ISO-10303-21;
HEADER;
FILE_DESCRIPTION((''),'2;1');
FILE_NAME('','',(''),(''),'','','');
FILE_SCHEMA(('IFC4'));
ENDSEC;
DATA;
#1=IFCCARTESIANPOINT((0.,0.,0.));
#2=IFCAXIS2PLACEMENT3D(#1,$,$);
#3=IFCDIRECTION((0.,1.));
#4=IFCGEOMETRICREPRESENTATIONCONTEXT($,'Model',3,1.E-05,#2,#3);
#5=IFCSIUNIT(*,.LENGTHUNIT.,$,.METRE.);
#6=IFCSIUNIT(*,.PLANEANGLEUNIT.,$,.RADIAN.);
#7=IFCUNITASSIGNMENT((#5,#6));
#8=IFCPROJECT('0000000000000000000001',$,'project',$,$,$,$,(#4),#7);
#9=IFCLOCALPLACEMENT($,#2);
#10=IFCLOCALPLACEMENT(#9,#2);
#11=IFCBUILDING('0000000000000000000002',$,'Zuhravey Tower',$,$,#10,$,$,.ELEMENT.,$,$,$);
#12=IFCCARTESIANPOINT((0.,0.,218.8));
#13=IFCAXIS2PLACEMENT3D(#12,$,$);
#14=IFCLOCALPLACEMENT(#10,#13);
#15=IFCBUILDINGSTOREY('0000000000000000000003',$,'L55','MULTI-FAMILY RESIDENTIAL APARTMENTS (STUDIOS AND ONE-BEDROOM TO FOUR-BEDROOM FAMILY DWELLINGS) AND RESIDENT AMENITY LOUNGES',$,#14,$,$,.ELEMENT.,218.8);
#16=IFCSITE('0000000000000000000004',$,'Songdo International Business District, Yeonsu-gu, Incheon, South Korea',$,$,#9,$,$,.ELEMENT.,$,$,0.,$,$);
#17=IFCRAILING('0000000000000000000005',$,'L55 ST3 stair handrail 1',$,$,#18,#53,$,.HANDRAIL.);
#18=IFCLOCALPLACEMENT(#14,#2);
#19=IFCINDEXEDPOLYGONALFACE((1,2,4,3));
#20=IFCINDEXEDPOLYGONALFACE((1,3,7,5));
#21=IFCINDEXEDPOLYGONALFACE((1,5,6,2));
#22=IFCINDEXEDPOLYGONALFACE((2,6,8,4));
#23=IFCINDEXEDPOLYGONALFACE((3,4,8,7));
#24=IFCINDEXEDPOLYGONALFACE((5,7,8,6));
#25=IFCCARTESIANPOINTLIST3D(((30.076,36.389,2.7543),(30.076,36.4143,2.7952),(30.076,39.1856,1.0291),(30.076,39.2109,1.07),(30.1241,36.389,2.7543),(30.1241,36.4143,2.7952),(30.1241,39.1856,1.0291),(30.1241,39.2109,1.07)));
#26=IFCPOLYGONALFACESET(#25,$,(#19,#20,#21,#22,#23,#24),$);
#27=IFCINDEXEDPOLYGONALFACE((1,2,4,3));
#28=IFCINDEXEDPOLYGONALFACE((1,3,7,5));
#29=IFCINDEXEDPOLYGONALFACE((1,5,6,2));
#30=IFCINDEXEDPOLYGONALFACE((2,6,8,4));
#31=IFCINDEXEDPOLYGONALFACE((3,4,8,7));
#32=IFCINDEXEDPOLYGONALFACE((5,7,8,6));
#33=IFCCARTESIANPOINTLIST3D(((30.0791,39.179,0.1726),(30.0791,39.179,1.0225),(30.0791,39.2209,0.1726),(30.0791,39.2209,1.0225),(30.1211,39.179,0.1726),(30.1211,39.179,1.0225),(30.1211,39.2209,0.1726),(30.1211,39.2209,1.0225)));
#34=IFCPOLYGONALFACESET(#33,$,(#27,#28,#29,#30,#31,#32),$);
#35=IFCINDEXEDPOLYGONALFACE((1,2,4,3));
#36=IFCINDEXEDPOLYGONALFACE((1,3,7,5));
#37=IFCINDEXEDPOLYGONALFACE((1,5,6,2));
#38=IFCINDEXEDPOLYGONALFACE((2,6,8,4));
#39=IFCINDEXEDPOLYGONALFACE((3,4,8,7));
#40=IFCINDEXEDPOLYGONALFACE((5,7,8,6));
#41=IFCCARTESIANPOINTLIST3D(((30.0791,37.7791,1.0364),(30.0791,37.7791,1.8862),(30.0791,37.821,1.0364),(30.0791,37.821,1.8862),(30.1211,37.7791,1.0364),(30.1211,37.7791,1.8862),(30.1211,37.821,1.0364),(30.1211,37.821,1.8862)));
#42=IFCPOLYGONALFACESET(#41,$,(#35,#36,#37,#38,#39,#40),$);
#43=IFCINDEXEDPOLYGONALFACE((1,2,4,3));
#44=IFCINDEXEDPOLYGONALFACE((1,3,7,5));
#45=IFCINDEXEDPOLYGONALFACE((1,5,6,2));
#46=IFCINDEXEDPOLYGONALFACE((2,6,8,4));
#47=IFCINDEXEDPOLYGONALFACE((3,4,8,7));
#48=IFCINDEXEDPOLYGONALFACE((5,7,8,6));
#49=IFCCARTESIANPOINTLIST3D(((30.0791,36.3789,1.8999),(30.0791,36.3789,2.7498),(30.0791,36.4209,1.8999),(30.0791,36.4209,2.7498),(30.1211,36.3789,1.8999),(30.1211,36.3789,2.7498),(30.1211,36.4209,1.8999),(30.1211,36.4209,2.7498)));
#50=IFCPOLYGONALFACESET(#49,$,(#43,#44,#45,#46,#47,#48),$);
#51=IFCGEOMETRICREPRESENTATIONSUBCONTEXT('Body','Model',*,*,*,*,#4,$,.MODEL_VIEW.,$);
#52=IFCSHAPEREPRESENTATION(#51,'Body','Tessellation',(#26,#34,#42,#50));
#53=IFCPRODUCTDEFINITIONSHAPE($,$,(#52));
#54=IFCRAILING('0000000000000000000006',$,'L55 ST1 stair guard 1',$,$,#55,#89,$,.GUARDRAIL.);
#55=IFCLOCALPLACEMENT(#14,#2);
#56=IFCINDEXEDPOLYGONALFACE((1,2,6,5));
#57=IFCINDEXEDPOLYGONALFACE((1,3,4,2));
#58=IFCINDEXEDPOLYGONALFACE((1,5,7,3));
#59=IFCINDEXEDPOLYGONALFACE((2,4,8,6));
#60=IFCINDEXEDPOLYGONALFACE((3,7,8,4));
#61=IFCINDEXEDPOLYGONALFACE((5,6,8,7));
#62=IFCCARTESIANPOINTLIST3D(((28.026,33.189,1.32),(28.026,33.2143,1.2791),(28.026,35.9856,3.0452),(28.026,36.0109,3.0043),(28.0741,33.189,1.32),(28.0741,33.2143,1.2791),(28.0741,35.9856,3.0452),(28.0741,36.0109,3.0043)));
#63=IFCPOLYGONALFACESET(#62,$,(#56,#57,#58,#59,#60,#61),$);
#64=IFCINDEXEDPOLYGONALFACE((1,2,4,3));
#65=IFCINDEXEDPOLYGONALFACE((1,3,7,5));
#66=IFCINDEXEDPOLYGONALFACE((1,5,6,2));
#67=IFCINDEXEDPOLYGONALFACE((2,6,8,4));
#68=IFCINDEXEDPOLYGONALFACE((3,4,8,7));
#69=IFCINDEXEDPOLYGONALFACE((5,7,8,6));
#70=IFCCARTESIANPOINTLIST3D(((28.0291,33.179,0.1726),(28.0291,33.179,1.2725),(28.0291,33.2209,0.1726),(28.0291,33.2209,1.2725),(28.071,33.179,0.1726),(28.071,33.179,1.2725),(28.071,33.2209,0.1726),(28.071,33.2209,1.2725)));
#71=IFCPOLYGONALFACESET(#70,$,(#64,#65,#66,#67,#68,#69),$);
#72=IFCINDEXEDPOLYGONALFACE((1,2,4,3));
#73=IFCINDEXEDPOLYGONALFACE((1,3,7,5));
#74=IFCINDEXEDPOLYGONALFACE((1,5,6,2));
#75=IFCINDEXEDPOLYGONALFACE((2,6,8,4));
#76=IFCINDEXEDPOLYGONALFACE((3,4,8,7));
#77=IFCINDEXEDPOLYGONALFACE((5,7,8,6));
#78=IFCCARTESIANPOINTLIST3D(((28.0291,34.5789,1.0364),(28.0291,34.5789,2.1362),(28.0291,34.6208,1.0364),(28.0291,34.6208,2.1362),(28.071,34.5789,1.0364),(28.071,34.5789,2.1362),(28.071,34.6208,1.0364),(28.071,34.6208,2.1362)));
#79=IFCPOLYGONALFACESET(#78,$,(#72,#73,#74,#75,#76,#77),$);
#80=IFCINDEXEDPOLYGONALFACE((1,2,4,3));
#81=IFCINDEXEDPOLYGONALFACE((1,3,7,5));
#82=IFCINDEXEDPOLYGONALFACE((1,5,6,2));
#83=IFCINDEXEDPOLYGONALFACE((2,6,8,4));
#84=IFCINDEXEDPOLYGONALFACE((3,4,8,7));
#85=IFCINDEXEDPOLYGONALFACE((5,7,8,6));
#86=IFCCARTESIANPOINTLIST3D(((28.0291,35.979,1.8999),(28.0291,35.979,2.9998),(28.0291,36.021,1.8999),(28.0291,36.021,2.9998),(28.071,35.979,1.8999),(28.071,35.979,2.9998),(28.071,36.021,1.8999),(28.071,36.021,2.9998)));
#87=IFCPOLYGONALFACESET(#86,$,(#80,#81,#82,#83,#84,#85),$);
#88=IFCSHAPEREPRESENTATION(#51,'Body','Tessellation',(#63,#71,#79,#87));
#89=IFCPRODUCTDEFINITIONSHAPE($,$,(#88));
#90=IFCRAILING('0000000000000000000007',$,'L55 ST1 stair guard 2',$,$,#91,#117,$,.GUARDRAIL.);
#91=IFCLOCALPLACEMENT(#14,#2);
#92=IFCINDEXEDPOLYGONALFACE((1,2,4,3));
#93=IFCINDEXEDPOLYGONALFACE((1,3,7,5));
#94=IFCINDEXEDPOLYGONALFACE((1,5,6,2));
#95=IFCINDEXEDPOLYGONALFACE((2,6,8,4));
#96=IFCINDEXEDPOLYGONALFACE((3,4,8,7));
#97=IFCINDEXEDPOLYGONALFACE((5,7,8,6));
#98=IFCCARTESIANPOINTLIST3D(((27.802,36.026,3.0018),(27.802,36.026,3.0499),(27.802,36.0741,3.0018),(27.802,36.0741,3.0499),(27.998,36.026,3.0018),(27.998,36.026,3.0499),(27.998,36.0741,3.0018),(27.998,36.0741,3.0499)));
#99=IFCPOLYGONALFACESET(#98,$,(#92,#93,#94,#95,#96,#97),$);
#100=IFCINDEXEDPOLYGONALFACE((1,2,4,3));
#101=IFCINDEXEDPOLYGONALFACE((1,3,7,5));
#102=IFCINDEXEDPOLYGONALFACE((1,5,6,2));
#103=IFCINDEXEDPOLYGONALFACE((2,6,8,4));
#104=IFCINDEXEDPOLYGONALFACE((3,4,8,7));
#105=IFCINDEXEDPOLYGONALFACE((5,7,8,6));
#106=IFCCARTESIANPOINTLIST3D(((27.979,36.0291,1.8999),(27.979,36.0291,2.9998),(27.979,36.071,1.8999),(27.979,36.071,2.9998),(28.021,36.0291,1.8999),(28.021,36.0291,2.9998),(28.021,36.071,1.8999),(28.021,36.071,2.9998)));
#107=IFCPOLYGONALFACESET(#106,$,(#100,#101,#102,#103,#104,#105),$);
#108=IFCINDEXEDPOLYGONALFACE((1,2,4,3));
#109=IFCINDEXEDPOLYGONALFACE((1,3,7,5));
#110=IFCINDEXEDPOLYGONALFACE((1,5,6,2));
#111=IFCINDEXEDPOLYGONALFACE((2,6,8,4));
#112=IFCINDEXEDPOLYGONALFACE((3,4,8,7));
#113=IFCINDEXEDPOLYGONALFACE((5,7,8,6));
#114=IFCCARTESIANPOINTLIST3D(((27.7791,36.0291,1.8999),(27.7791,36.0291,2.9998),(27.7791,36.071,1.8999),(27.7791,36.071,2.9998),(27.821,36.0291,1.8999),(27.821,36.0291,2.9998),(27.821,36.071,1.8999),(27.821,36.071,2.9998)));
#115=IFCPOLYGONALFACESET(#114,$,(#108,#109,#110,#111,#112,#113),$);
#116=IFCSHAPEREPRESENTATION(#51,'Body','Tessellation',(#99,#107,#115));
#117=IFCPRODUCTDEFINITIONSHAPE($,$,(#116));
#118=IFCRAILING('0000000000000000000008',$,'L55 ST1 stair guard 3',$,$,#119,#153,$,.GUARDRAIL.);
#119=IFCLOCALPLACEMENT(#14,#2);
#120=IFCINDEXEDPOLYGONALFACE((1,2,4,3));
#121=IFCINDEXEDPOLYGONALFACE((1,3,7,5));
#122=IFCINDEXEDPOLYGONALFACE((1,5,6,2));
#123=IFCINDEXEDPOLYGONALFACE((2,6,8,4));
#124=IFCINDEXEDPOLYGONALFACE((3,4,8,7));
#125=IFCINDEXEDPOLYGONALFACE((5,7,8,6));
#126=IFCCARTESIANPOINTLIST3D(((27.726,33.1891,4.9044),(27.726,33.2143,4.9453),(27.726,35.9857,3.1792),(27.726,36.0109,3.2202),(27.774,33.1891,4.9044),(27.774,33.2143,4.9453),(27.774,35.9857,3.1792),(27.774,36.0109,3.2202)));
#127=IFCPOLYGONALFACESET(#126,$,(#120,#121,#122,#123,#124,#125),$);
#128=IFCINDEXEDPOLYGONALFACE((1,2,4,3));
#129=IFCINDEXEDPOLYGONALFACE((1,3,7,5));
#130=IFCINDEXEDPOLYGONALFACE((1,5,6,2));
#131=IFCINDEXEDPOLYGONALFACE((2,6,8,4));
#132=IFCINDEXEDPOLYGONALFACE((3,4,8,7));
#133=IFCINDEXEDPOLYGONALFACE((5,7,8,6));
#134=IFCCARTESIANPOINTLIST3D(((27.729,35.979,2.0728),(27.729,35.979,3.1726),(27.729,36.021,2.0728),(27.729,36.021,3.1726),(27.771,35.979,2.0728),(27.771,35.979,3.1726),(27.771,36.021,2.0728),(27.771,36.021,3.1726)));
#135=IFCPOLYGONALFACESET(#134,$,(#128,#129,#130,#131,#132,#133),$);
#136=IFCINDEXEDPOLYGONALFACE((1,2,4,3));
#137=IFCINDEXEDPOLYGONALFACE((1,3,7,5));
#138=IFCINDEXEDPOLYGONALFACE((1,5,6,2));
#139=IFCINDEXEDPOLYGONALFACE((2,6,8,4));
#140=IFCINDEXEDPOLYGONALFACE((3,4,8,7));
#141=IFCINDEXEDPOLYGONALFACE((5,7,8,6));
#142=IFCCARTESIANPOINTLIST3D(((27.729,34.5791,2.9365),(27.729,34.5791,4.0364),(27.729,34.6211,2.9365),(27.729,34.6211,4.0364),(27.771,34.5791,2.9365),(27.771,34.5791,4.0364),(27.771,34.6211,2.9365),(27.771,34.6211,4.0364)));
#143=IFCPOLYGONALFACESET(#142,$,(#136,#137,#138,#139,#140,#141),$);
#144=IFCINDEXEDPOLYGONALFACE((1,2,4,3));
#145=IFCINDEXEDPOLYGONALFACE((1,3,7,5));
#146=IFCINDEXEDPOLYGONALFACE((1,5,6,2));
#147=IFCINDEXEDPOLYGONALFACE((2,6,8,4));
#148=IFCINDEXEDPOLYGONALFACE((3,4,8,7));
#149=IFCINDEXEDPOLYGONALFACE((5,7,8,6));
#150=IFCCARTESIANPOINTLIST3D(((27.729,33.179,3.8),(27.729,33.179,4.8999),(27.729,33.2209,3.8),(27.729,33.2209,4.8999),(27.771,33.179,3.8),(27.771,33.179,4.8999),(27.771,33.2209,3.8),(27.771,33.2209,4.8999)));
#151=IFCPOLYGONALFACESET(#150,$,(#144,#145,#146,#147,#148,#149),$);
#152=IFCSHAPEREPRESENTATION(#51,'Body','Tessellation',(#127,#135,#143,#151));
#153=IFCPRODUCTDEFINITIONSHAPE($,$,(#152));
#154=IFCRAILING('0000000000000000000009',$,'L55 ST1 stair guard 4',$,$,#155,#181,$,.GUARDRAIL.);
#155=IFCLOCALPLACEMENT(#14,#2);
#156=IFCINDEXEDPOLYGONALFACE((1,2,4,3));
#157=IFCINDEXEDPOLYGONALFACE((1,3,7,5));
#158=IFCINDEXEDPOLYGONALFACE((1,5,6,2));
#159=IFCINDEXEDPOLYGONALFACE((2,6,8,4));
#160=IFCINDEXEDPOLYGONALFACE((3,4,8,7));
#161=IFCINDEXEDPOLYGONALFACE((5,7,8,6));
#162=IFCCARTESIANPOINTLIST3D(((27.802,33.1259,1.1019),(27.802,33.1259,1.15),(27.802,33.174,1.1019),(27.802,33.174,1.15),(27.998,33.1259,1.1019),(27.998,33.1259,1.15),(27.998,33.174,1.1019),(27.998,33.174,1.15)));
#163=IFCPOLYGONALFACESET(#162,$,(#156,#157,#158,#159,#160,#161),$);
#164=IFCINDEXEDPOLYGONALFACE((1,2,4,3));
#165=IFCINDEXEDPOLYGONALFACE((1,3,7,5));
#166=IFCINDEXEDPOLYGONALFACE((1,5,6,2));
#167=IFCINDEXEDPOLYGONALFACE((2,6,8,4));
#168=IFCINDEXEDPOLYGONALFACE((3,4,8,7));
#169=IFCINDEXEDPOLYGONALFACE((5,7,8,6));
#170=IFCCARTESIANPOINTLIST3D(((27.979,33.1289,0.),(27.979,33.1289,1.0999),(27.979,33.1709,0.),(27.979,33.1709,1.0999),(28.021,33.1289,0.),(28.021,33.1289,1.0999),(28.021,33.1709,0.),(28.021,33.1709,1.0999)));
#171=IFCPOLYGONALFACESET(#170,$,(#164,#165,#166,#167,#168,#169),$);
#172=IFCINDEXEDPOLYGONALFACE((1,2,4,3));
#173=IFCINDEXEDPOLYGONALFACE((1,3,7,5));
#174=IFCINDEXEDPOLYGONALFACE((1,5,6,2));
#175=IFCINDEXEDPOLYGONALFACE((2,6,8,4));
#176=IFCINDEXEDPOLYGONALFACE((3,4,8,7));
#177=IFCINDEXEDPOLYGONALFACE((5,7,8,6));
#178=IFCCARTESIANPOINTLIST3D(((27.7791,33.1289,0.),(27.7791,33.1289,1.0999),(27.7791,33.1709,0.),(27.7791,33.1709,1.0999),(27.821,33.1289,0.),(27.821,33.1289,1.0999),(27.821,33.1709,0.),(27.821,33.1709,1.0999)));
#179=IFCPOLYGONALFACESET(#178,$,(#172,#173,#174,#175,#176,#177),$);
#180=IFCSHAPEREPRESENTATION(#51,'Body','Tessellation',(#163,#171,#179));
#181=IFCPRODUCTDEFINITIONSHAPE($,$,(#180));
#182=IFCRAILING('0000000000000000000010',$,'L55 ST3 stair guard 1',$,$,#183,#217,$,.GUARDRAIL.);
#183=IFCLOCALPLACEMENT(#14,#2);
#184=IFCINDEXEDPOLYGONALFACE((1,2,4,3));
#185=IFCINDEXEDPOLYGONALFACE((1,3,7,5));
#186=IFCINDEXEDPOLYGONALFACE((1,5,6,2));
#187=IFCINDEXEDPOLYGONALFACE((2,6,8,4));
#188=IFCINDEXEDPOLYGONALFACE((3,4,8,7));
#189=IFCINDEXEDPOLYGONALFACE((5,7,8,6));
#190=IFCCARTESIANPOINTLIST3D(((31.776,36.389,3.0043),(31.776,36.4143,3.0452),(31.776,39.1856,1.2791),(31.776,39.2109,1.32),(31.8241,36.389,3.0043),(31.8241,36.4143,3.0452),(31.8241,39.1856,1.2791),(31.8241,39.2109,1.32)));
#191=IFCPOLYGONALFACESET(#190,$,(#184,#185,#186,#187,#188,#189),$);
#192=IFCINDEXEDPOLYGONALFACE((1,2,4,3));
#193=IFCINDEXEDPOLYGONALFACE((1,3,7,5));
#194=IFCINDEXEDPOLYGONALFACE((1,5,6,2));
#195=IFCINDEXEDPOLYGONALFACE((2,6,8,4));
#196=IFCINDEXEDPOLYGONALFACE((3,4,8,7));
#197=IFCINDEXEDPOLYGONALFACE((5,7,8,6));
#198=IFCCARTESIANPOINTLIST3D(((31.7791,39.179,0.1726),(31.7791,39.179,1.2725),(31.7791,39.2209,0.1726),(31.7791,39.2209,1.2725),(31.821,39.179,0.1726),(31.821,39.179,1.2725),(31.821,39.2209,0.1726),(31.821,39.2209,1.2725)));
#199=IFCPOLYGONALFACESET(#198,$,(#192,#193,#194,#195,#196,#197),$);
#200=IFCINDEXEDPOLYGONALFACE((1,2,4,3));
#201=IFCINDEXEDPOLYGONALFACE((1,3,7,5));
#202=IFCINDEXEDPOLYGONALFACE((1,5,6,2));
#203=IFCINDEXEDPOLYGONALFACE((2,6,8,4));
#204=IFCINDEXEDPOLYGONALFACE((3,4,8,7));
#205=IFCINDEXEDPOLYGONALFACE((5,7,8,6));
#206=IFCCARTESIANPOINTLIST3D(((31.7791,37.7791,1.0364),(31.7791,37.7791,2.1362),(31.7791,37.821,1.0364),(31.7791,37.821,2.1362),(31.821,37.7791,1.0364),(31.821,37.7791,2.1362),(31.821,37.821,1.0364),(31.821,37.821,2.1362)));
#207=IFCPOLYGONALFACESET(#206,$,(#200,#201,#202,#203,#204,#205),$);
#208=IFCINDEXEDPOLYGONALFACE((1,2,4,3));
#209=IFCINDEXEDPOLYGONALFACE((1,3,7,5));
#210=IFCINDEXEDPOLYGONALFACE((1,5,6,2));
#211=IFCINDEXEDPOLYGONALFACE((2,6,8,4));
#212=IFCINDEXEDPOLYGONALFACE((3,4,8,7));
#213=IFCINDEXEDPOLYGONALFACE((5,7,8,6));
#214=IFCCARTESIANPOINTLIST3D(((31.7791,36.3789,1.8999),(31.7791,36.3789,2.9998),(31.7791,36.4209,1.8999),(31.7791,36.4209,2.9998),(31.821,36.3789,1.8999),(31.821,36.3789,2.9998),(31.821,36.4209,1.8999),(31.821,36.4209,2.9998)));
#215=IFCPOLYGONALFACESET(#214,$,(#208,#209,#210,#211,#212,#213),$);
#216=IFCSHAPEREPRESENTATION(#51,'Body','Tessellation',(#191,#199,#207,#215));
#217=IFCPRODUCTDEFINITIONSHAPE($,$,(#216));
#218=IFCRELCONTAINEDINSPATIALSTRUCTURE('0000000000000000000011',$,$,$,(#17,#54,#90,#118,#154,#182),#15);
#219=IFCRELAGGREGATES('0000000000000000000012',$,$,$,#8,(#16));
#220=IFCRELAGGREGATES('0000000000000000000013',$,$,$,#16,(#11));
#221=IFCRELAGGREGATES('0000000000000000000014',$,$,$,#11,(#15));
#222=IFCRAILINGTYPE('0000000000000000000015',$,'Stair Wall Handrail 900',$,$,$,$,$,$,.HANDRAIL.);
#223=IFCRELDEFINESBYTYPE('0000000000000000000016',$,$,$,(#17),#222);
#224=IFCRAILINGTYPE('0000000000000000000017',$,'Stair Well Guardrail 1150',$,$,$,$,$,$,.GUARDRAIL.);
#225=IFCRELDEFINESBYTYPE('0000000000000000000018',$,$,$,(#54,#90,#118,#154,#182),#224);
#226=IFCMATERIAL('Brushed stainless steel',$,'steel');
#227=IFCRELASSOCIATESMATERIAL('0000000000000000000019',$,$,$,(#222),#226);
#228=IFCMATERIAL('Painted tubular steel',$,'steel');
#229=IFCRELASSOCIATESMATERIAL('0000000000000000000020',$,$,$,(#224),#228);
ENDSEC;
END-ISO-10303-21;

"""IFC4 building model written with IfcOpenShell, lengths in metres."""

from ifc_helpers import new_model, si_unit, direction, frame, origin, origin_2d, place, context, subcontext, project, spatial, rectangle, extrude, material, type_object, element, save


model = new_model("IFC4")

# Units and contexts
model_context = context("Model", 3, precision=1e-05, world=origin(), true_north=direction((0.0, 1.0)))
body_context = subcontext(model_context, "Body", "Model", "MODEL_VIEW")
ifc_project = project(units=[si_unit("LENGTHUNIT", "METRE"), si_unit("PLANEANGLEUNIT", "RADIAN")], contexts=[model_context])

# Site, building, storey
site_placement = place(None, origin())
site = spatial("IfcSite", under=ifc_project, at=site_placement, Name="Songdo International Business District, Yeonsu-gu, Incheon, South Korea", CompositionType="ELEMENT", RefElevation=0.0)
building_placement = place(site_placement, origin())
building = spatial("IfcBuilding", under=site, at=building_placement, Name="Zuhravey Tower", CompositionType="ELEMENT")
storey_placement = place(building_placement, frame((0.0, 0.0, 218.8)))
storey = spatial("IfcBuildingStorey", under=building, at=storey_placement, Name="L55", Description="MULTI-FAMILY RESIDENTIAL APARTMENTS (STUDIOS AND ONE-BEDROOM TO FOUR-BEDROOM FAMILY DWELLINGS) AND RESIDENT AMENITY LOUNGES", CompositionType="ELEMENT", Elevation=218.8)

# Railings
ifc_material_1 = material(Name="Brushed stainless steel", Category="steel")
railing_type_1 = type_object("IfcRailingType", Name="Stair Wall Handrail 900", PredefinedType="HANDRAIL", material=ifc_material_1)
for number, where, name in (
    (1, (30.1001, 39.2, 0.1726), "L55 ST3 stair handrail 1"),
):
    element("IfcRailing", number, at=place(storey_placement, frame(where)), inside=storey, type_object=railing_type_1, Name=name, PredefinedType="HANDRAIL", context=body_context, shape_type="SweptSolid", body=[
        extrude(rectangle(XDim=0.0481, YDim=0.0481, at=origin_2d()), frame((0.0, -0.0017, 0.877), z_axis=(0.0, -0.85109, 0.52502), x_axis=(1.0, 0.0, 0.0)), (0.0, 0.0, 1.0), 3.2859),
        extrude(rectangle(XDim=0.042, YDim=0.042, at=origin_2d()), origin(), (0.0, 0.0, 1.0), 0.8499),
        extrude(rectangle(XDim=0.042, YDim=0.042, at=origin_2d()), frame((0.0, -1.3999, 0.8638)), (0.0, 0.0, 1.0), 0.8499),
        extrude(rectangle(XDim=0.042, YDim=0.042, at=origin_2d()), frame((0.0, -2.8, 1.7273)), (0.0, 0.0, 1.0), 0.8499),
    ])
ifc_material_2 = material(Name="Painted tubular steel", Category="steel")
railing_type_2 = type_object("IfcRailingType", Name="Stair Well Guardrail 1150", PredefinedType="GUARDRAIL", material=ifc_material_2)
railing_1_placement = place(storey_placement, frame((28.05, 33.2, 0.1726)))
element("IfcRailing", 2, at=railing_1_placement, inside=storey, type_object=railing_type_2, Name="L55 ST1 stair guard 1", PredefinedType="GUARDRAIL", context=body_context, shape_type="SweptSolid", body=[
    extrude(rectangle(XDim=0.0481, YDim=0.0481, at=origin_2d()), frame((0.0, 0.0017, 1.127), z_axis=(0.0, 0.85109, 0.52502), x_axis=(-1.0, 0.0, 0.0)), (0.0, 0.0, 1.0), 3.2859),
    extrude(rectangle(XDim=0.042, YDim=0.042, at=origin_2d()), origin(), (0.0, 0.0, 1.0), 1.0999),
    extrude(rectangle(XDim=0.042, YDim=0.042, at=origin_2d()), frame((0.0, 1.3999, 0.8638)), (0.0, 0.0, 1.0), 1.0999),
    extrude(rectangle(XDim=0.042, YDim=0.042, at=origin_2d()), frame((0.0, 2.8, 1.7273)), (0.0, 0.0, 1.0), 1.0999),
])
railing_2_placement = place(storey_placement, frame((28.0, 36.05, 1.8999)))
element("IfcRailing", 3, at=railing_2_placement, inside=storey, type_object=railing_type_2, Name="L55 ST1 stair guard 2", PredefinedType="GUARDRAIL", context=body_context, shape_type="SweptSolid", body=[
    extrude(rectangle(XDim=0.0481, YDim=0.0481, at=origin_2d()), frame((-0.002, 0.0, 1.126), z_axis=(-1.0, 0.0, 0.0), x_axis=(0.0, -1.0, 0.0)), (0.0, 0.0, 1.0), 0.196),
    extrude(rectangle(XDim=0.042, YDim=0.042, at=origin_2d()), origin(), (0.0, 0.0, 1.0), 1.0999),
    extrude(rectangle(XDim=0.042, YDim=0.042, at=origin_2d()), frame((-0.2, 0.0, 0.0)), (0.0, 0.0, 1.0), 1.0999),
])
railing_3_placement = place(storey_placement, frame((27.75, 36.0, 2.0728)))
element("IfcRailing", 4, at=railing_3_placement, inside=storey, type_object=railing_type_2, Name="L55 ST1 stair guard 3", PredefinedType="GUARDRAIL", context=body_context, shape_type="SweptSolid", body=[
    extrude(rectangle(XDim=0.0481, YDim=0.0481, at=origin_2d()), frame((0.0, -0.0017, 1.127), z_axis=(0.0, -0.85109, 0.52502), x_axis=(1.0, 0.0, 0.0)), (0.0, 0.0, 1.0), 3.2859),
    extrude(rectangle(XDim=0.042, YDim=0.042, at=origin_2d()), origin(), (0.0, 0.0, 1.0), 1.0999),
    extrude(rectangle(XDim=0.042, YDim=0.042, at=origin_2d()), frame((0.0, -1.3999, 0.8638)), (0.0, 0.0, 1.0), 1.0999),
    extrude(rectangle(XDim=0.042, YDim=0.042, at=origin_2d()), frame((0.0, -2.8, 1.7273)), (0.0, 0.0, 1.0), 1.0999),
])
railing_4_placement = place(storey_placement, frame((28.0, 33.1499, 0.0)))
element("IfcRailing", 5, at=railing_4_placement, inside=storey, type_object=railing_type_2, Name="L55 ST1 stair guard 4", PredefinedType="GUARDRAIL", context=body_context, shape_type="SweptSolid", body=[
    extrude(rectangle(XDim=0.0481, YDim=0.0481, at=origin_2d()), frame((-0.002, 0.0, 1.126), z_axis=(-1.0, 0.0, 0.0), x_axis=(0.0, -1.0, 0.0)), (0.0, 0.0, 1.0), 0.196),
    extrude(rectangle(XDim=0.042, YDim=0.042, at=origin_2d()), origin(), (0.0, 0.0, 1.0), 1.0999),
    extrude(rectangle(XDim=0.042, YDim=0.042, at=origin_2d()), frame((-0.2, 0.0, 0.0)), (0.0, 0.0, 1.0), 1.0999),
])
railing_5_placement = place(storey_placement, frame((31.8, 39.2, 0.1726)))
element("IfcRailing", 6, at=railing_5_placement, inside=storey, type_object=railing_type_2, Name="L55 ST3 stair guard 1", PredefinedType="GUARDRAIL", context=body_context, shape_type="SweptSolid", body=[
    extrude(rectangle(XDim=0.0481, YDim=0.0481, at=origin_2d()), frame((0.0, -0.0017, 1.127), z_axis=(0.0, -0.85109, 0.52502), x_axis=(1.0, 0.0, 0.0)), (0.0, 0.0, 1.0), 3.2859),
    extrude(rectangle(XDim=0.042, YDim=0.042, at=origin_2d()), origin(), (0.0, 0.0, 1.0), 1.0999),
    extrude(rectangle(XDim=0.042, YDim=0.042, at=origin_2d()), frame((0.0, -1.3999, 0.8638)), (0.0, 0.0, 1.0), 1.0999),
    extrude(rectangle(XDim=0.042, YDim=0.042, at=origin_2d()), frame((0.0, -2.8, 1.7273)), (0.0, 0.0, 1.0), 1.0999),
])

save(model, "model.ifc")
